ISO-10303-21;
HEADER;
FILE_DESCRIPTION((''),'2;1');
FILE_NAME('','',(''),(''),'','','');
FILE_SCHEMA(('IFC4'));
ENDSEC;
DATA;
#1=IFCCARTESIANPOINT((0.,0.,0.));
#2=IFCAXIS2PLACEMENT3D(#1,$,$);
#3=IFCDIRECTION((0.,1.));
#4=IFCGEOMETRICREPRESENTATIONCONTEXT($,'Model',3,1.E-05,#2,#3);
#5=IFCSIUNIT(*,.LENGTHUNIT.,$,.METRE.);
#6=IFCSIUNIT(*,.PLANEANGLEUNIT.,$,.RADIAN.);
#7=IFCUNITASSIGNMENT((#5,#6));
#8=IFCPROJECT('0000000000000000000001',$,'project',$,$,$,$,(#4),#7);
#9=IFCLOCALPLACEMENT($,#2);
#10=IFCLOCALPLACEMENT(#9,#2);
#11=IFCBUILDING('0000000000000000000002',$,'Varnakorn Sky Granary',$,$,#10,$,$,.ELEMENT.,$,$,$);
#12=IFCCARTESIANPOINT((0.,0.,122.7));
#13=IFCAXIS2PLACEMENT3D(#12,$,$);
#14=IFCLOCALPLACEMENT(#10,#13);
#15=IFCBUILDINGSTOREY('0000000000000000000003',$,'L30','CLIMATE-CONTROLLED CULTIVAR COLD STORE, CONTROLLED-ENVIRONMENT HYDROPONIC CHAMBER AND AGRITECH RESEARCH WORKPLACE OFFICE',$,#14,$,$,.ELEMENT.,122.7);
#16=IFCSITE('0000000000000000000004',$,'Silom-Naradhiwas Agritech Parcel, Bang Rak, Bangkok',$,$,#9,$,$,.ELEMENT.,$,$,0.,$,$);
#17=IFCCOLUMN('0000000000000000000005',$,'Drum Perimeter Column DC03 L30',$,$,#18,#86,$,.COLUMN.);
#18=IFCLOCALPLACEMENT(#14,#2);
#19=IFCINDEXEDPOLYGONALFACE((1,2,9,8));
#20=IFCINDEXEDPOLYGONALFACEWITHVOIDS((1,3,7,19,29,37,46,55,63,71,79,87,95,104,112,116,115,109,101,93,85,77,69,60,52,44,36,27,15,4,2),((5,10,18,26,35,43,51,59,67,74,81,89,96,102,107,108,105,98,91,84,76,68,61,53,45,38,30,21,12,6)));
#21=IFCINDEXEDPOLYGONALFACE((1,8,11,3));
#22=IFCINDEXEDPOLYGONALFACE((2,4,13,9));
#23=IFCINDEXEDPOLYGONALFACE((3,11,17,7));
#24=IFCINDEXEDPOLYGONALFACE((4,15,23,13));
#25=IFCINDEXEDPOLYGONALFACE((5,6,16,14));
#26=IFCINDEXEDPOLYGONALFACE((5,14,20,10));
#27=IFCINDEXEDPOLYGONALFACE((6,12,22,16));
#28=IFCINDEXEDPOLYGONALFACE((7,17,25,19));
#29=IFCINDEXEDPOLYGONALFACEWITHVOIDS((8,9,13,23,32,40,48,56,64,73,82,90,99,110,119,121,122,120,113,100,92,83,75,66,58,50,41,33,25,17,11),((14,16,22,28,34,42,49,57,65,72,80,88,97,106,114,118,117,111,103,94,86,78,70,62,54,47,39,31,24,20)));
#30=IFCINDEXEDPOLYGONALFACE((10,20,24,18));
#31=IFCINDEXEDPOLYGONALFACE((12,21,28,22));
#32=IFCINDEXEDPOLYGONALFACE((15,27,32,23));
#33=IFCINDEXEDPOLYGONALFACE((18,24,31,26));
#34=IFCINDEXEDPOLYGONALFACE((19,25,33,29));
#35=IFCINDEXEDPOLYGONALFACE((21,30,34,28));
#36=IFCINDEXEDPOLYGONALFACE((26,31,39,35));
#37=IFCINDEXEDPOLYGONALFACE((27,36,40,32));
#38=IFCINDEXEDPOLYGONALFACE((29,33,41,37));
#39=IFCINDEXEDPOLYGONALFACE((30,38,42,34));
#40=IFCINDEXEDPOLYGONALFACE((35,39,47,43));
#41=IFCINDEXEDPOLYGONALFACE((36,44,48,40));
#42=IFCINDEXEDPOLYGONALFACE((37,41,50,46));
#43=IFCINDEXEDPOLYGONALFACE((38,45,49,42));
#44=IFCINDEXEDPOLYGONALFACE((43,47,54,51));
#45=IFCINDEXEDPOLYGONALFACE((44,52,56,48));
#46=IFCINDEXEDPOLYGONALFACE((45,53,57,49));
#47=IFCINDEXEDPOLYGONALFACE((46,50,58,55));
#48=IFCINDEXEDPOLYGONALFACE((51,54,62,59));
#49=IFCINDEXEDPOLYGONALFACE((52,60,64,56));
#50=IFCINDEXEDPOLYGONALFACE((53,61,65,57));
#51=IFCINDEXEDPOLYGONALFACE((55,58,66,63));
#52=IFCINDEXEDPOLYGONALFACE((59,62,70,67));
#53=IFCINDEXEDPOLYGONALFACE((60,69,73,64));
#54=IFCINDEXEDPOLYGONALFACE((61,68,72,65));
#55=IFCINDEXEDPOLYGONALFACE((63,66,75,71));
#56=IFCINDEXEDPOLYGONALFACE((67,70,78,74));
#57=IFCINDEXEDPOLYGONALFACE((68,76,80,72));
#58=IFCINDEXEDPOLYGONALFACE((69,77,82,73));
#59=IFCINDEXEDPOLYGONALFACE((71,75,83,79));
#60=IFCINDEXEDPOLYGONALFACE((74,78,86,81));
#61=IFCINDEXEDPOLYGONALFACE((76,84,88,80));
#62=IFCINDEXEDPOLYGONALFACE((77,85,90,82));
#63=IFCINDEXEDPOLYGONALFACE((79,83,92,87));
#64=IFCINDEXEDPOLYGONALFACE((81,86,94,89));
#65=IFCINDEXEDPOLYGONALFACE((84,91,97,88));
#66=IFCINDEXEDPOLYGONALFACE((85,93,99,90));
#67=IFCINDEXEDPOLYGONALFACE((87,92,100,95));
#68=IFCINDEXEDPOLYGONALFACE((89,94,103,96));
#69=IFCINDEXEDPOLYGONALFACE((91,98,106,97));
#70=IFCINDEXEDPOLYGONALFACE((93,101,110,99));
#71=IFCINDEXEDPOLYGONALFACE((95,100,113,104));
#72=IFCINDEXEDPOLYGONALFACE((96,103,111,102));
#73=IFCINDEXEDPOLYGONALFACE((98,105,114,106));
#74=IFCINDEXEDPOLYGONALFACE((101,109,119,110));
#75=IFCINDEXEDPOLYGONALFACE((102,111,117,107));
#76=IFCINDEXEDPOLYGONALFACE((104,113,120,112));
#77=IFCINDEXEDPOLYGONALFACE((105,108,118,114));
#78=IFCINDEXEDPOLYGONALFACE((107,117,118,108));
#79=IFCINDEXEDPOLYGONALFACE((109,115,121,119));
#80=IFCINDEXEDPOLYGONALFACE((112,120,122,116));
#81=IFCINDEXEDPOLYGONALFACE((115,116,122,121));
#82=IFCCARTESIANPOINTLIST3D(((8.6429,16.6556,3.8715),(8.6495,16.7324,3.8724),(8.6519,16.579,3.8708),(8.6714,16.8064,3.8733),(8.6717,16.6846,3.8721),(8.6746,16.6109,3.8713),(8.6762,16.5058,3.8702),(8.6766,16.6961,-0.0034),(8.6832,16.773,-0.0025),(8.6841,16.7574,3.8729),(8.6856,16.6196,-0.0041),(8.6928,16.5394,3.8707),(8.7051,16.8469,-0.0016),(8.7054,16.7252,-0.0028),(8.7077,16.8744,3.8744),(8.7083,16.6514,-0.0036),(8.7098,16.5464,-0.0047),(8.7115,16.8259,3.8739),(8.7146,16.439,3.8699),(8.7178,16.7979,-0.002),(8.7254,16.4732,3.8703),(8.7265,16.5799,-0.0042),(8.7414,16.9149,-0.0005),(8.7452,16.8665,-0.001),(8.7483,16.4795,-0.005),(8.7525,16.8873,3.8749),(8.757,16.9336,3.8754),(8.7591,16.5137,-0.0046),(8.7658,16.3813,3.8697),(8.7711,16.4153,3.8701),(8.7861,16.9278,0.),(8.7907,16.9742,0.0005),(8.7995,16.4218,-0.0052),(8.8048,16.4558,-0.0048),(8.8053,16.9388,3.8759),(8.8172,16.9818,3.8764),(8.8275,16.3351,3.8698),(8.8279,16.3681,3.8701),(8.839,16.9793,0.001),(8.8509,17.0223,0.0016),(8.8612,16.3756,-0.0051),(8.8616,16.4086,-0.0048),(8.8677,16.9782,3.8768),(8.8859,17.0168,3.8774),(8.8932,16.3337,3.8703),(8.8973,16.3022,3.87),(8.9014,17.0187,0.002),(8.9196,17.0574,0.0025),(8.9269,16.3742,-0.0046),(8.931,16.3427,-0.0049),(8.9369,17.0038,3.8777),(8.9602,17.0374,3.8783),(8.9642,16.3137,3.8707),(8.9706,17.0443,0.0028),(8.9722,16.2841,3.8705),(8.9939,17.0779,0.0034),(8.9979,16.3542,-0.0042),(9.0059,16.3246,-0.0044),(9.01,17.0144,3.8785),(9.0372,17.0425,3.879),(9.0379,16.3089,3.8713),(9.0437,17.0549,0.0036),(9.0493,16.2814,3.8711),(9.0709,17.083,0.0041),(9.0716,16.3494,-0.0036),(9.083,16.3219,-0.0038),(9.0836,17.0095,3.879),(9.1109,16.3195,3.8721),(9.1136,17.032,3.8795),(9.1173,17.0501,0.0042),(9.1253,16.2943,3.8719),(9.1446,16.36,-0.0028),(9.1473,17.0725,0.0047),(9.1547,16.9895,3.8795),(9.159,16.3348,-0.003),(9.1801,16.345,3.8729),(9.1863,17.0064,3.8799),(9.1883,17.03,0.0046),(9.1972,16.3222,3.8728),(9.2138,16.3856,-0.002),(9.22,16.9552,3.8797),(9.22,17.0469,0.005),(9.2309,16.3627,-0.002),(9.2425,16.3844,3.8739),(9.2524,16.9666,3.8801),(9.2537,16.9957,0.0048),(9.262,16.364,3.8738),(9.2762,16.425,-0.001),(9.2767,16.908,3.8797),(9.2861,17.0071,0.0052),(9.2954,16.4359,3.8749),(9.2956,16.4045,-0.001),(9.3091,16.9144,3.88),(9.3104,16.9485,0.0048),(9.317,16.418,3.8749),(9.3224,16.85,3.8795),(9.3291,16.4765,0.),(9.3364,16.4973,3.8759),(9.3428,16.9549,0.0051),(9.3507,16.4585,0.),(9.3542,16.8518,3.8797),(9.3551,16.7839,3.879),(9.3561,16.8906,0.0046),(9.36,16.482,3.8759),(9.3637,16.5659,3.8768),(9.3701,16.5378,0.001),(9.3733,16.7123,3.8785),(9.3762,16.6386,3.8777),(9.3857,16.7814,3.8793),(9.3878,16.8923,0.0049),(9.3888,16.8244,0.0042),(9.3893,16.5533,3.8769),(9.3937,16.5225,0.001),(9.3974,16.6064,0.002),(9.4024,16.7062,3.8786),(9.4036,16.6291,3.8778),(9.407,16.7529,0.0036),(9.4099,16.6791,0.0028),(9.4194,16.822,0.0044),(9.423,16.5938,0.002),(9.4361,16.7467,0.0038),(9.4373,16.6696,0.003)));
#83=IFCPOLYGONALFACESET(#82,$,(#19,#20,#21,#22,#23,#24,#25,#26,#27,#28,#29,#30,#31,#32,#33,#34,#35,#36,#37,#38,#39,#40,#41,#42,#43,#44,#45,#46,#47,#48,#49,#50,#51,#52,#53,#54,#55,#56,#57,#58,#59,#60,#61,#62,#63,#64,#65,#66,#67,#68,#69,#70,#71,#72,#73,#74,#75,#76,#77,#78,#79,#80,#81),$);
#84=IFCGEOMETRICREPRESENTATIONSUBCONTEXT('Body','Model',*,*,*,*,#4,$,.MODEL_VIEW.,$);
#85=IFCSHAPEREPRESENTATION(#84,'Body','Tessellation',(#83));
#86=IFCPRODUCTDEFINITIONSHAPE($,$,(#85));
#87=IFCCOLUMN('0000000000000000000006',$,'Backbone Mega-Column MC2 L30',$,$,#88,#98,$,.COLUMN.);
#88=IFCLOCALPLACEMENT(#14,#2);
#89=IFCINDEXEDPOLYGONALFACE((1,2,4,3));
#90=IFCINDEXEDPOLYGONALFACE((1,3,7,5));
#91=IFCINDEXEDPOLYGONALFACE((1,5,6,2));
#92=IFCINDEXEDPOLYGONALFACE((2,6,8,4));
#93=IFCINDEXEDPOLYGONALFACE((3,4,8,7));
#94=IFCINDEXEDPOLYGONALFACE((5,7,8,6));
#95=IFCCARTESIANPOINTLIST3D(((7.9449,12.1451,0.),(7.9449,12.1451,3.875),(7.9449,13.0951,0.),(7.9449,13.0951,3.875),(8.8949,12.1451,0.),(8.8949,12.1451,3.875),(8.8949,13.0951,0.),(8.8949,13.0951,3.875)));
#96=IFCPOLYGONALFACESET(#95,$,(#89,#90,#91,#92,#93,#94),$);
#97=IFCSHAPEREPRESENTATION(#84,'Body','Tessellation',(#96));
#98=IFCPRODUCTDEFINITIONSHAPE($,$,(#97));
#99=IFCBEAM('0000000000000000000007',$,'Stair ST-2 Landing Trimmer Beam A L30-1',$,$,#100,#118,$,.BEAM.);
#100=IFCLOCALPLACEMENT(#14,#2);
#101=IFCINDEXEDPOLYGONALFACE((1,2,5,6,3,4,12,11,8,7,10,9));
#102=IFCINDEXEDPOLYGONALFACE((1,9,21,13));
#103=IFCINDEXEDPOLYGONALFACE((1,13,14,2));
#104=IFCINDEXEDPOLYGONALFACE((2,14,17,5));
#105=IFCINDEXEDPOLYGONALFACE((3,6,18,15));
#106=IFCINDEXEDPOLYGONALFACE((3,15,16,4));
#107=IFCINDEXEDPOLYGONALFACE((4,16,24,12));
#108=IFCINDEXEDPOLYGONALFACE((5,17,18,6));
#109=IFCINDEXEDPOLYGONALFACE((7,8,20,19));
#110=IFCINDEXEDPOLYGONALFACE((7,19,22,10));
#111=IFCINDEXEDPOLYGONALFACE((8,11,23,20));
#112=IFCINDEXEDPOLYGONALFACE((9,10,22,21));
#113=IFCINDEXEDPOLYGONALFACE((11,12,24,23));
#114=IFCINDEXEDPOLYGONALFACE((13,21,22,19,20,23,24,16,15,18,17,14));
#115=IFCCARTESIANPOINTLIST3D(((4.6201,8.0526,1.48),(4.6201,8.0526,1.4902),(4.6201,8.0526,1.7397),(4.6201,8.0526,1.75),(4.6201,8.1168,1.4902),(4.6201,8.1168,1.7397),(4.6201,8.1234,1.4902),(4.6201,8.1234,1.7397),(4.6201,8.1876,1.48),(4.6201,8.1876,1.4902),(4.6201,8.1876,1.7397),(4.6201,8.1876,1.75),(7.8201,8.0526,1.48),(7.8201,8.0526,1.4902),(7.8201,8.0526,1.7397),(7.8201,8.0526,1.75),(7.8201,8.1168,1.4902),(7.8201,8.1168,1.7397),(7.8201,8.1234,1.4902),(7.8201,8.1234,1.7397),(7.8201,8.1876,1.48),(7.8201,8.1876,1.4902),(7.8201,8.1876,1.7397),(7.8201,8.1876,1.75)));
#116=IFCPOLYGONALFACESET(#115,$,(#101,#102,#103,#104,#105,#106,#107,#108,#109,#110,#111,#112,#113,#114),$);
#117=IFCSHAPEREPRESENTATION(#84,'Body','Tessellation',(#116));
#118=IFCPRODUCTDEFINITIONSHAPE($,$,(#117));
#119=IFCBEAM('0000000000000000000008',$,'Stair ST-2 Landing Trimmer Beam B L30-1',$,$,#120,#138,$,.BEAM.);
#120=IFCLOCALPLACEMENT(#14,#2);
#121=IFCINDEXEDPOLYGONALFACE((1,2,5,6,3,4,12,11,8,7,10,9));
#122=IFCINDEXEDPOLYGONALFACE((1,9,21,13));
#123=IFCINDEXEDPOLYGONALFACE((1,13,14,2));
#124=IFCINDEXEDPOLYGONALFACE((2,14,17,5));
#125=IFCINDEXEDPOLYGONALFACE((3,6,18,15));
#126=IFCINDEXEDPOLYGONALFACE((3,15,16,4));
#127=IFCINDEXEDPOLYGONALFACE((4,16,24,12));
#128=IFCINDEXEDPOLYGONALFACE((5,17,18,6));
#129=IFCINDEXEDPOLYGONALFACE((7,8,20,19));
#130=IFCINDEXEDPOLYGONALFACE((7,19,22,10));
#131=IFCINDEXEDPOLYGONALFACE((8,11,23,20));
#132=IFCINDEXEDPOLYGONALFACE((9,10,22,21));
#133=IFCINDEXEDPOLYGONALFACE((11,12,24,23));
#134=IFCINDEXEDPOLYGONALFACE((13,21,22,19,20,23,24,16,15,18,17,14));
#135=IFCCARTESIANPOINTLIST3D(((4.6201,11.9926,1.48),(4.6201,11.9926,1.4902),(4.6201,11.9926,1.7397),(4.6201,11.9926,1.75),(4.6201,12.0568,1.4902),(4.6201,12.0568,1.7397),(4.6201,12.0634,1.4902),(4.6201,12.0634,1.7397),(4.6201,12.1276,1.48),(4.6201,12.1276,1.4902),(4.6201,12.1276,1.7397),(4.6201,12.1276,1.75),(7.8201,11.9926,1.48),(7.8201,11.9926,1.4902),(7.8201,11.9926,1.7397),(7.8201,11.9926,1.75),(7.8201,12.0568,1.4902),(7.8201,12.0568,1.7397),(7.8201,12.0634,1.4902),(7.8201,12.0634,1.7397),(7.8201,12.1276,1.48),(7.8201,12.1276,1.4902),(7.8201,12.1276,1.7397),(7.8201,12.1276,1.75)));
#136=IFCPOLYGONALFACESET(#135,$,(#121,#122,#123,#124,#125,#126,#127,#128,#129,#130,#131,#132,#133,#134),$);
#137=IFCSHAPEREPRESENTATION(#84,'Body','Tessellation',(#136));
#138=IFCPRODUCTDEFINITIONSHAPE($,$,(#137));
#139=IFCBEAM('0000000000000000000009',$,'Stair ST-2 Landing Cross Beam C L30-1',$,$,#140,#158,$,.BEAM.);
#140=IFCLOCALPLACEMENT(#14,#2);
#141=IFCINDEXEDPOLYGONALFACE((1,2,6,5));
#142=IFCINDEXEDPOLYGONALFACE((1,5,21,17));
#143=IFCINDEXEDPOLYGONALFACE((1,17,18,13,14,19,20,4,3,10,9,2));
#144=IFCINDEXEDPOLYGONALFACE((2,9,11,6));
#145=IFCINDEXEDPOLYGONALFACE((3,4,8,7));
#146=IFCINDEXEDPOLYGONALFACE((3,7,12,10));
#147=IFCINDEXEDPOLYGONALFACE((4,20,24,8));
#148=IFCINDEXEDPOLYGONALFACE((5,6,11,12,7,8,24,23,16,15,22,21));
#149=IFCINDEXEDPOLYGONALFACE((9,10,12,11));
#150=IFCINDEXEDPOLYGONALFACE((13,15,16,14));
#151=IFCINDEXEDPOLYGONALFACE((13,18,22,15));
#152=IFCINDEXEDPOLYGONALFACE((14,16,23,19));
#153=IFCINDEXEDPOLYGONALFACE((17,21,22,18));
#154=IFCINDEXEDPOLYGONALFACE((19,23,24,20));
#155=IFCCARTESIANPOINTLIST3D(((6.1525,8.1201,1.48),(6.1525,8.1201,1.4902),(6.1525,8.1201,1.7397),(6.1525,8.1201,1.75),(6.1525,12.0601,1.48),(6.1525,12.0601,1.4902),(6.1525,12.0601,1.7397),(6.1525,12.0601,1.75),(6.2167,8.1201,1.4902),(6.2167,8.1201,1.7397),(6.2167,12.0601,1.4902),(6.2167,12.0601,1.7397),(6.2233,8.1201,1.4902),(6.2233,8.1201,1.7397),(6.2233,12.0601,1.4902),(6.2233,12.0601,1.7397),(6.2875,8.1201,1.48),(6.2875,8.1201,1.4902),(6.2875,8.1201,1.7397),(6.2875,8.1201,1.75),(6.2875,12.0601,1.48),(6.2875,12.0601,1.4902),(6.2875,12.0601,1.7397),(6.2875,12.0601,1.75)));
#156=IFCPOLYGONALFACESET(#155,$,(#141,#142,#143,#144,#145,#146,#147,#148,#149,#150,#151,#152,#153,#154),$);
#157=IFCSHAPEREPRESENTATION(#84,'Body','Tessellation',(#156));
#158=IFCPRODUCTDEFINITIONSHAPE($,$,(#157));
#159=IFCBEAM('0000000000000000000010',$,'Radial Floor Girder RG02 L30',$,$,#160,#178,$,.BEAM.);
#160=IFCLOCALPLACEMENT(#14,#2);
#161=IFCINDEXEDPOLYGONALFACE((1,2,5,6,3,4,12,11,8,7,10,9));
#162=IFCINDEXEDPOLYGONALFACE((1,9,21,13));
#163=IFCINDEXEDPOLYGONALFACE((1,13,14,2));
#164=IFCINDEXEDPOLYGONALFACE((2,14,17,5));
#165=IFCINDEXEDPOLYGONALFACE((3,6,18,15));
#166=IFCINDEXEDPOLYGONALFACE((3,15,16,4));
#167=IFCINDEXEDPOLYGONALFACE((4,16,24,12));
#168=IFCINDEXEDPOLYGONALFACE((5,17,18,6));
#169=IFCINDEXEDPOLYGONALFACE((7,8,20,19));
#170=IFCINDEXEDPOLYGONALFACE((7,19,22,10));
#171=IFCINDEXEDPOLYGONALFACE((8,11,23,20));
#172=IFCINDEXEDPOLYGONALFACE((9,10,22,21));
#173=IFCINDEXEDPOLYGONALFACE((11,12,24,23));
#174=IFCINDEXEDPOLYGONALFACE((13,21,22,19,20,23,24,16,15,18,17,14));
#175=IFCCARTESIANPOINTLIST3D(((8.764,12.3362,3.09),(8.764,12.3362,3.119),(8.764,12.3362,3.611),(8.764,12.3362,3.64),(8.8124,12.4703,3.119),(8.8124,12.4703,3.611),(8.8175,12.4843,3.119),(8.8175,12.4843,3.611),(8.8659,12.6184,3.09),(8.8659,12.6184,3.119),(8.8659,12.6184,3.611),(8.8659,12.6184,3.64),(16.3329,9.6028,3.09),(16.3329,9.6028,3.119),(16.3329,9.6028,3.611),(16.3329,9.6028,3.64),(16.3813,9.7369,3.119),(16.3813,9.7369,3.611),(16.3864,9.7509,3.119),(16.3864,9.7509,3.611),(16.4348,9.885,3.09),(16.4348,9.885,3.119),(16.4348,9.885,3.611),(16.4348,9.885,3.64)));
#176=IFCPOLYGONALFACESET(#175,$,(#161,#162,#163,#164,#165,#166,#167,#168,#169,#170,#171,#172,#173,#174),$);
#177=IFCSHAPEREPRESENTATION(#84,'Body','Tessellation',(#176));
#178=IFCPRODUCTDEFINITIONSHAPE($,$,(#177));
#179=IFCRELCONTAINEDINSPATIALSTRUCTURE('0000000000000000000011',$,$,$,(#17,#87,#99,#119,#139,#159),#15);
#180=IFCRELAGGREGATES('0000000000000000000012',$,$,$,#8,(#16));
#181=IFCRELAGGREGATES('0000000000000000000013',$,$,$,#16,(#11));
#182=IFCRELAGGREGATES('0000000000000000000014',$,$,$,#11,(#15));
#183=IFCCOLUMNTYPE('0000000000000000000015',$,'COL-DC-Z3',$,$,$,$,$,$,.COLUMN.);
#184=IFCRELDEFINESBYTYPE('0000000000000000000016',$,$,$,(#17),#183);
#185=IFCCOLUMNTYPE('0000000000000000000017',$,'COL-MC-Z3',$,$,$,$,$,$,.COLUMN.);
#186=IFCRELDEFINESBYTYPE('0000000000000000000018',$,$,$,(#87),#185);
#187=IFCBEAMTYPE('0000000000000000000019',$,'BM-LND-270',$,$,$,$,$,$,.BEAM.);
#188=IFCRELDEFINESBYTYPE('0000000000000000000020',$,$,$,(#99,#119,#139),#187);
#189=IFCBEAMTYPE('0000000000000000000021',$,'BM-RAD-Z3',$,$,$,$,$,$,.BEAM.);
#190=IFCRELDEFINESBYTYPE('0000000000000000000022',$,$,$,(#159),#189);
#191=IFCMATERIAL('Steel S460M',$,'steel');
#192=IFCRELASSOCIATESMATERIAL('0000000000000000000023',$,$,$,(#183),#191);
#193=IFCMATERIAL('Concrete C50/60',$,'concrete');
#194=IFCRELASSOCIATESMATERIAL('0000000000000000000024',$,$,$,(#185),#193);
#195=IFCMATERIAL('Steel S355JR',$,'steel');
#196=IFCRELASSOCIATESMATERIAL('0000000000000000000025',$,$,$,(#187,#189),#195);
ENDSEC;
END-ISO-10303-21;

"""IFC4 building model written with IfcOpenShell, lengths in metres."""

from ifc_helpers import new_model, si_unit, direction, frame, origin, origin_2d, place, context, subcontext, project, spatial, rectangle, hollow_circle, i_section, extrude, material, material_profile, profile_set, type_object, element, save


model = new_model("IFC4")

# Units and contexts
model_context = context("Model", 3, precision=1e-05, world=origin(), true_north=direction((0.0, 1.0)))
body_context = subcontext(model_context, "Body", "Model", "MODEL_VIEW")
ifc_project = project(units=[si_unit("LENGTHUNIT", "METRE"), si_unit("PLANEANGLEUNIT", "RADIAN")], contexts=[model_context])

# Site, building, storey
site_placement = place(None, origin())
site = spatial("IfcSite", under=ifc_project, at=site_placement, Name="Silom-Naradhiwas Agritech Parcel, Bang Rak, Bangkok", CompositionType="ELEMENT", RefElevation=0.0)
building_placement = place(site_placement, origin())
building = spatial("IfcBuilding", under=site, at=building_placement, Name="Varnakorn Sky Granary", CompositionType="ELEMENT")
storey_placement = place(building_placement, frame((0.0, 0.0, 122.7)))
storey = spatial("IfcBuildingStorey", under=building, at=storey_placement, Name="L30", Description="CLIMATE-CONTROLLED CULTIVAR COLD STORE, CONTROLLED-ENVIRONMENT HYDROPONIC CHAMBER AND AGRITECH RESEARCH WORKPLACE OFFICE", CompositionType="ELEMENT", Elevation=122.7)

# Columns
ifc_material_1 = material(Name="Steel S460M", Category="steel")
ifc_material_profile_1 = material_profile(ifc_material_1, hollow_circle(Radius=0.3811, WallThickness=0.0281, at=origin_2d()), Name="CHS 762x28")
ifc_profile_set_1 = profile_set([ifc_material_profile_1], Name="Steel S460M")
column_type_1 = type_object("IfcColumnType", Name="COL-DC-Z3", PredefinedType="COLUMN", material=ifc_profile_set_1)
column_1_placement = place(storey_placement, frame((9.0576, 16.7021, 0.0), z_axis=(-0.008694, -0.010458, 0.999908), x_axis=(0.76898, -0.639273, 0.0)))
element("IfcColumn", 1, at=column_1_placement, inside=storey, type_object=column_type_1, Name="Drum Perimeter Column DC03 L30", PredefinedType="COLUMN", context=body_context, shape_type="SweptSolid", body=[
    extrude(hollow_circle(Radius=0.3811, WallThickness=0.0281, at=origin_2d()), origin(), (0.0, 0.0, 1.0), 3.8752),
])
ifc_material_2 = material(Name="Concrete C50/60", Category="concrete")
ifc_material_profile_2 = material_profile(ifc_material_2, rectangle(XDim=0.95, YDim=0.95, at=origin_2d()), Name="RC 950x950")
ifc_profile_set_2 = profile_set([ifc_material_profile_2], Name="Concrete C50/60")
column_type_2 = type_object("IfcColumnType", Name="COL-MC-Z3", PredefinedType="COLUMN", material=ifc_profile_set_2)
column_2_placement = place(storey_placement, frame((8.4199, 12.6201, 0.0), z_axis=(0.0, 0.0, 1.0), x_axis=(1.0, 0.0, 0.0)))
element("IfcColumn", 2, at=column_2_placement, inside=storey, type_object=column_type_2, Name="Backbone Mega-Column MC2 L30", PredefinedType="COLUMN", context=body_context, shape_type="SweptSolid", body=[
    extrude(rectangle(XDim=0.95, YDim=0.95, at=origin_2d()), origin(), (0.0, 0.0, 1.0), 3.875),
])

# Beams
ifc_material_3 = material(Name="Steel S355JR", Category="steel")
ifc_material_profile_3 = material_profile(ifc_material_3, i_section(OverallWidth=0.135, OverallDepth=0.27, WebThickness=0.0066, FlangeThickness=0.0103, at=origin_2d()), Name="IPE 270")
ifc_profile_set_3 = profile_set([ifc_material_profile_3], Name="Steel S355JR")
beam_type_1 = type_object("IfcBeamType", Name="BM-LND-270", PredefinedType="BEAM", material=ifc_profile_set_3)
for number, where, z_axis, x_axis, name in (
    (3, (4.6201, 8.1201, 1.615), (1.0, 0.0, 0.0), (0.0, 1.0, 0.0), "Stair ST-2 Landing Trimmer Beam A L30-1"),
    (4, (4.6201, 12.0601, 1.615), (1.0, 0.0, 0.0), (0.0, 1.0, 0.0), "Stair ST-2 Landing Trimmer Beam B L30-1"),
):
    element("IfcBeam", number, at=place(storey_placement, frame(where, z_axis=z_axis, x_axis=x_axis)), inside=storey, type_object=beam_type_1, Name=name, PredefinedType="BEAM", context=body_context, shape_type="SweptSolid", body=[
        extrude(i_section(OverallWidth=0.135, OverallDepth=0.27, WebThickness=0.0066, FlangeThickness=0.0103, at=origin_2d()), origin(), (0.0, 0.0, 1.0), 3.2),
    ])
beam_1_placement = place(storey_placement, frame((6.22, 8.1201, 1.615), z_axis=(0.0, 1.0, 0.0), x_axis=(-1.0, 0.0, 0.0)))
element("IfcBeam", 5, at=beam_1_placement, inside=storey, type_object=beam_type_1, Name="Stair ST-2 Landing Cross Beam C L30-1", PredefinedType="BEAM", context=body_context, shape_type="SweptSolid", body=[
    extrude(i_section(OverallWidth=0.135, OverallDepth=0.27, WebThickness=0.0066, FlangeThickness=0.0103, at=origin_2d()), origin(), (0.0, 0.0, 1.0), 3.9399),
])
ifc_material_profile_4 = material_profile(ifc_material_3, i_section(OverallWidth=0.3, OverallDepth=0.55, WebThickness=0.0149, FlangeThickness=0.0291, at=origin_2d()), Name="HE 550 B")
ifc_profile_set_4 = profile_set([ifc_material_profile_4], Name="Steel S355JR")
beam_type_2 = type_object("IfcBeamType", Name="BM-RAD-Z3", PredefinedType="BEAM", material=ifc_profile_set_4)
beam_2_placement = place(storey_placement, frame((8.8149, 12.4773, 3.365), z_axis=(0.940546, -0.339667, 0.0), x_axis=(0.339667, 0.940546, 0.0)))
element("IfcBeam", 6, at=beam_2_placement, inside=storey, type_object=beam_type_2, Name="Radial Floor Girder RG02 L30", PredefinedType="BEAM", context=body_context, shape_type="SweptSolid", body=[
    extrude(i_section(OverallWidth=0.3, OverallDepth=0.55, WebThickness=0.0149, FlangeThickness=0.0291, at=origin_2d()), origin(), (0.0, 0.0, 1.0), 8.0474),
])

save(model, "model.ifc")
